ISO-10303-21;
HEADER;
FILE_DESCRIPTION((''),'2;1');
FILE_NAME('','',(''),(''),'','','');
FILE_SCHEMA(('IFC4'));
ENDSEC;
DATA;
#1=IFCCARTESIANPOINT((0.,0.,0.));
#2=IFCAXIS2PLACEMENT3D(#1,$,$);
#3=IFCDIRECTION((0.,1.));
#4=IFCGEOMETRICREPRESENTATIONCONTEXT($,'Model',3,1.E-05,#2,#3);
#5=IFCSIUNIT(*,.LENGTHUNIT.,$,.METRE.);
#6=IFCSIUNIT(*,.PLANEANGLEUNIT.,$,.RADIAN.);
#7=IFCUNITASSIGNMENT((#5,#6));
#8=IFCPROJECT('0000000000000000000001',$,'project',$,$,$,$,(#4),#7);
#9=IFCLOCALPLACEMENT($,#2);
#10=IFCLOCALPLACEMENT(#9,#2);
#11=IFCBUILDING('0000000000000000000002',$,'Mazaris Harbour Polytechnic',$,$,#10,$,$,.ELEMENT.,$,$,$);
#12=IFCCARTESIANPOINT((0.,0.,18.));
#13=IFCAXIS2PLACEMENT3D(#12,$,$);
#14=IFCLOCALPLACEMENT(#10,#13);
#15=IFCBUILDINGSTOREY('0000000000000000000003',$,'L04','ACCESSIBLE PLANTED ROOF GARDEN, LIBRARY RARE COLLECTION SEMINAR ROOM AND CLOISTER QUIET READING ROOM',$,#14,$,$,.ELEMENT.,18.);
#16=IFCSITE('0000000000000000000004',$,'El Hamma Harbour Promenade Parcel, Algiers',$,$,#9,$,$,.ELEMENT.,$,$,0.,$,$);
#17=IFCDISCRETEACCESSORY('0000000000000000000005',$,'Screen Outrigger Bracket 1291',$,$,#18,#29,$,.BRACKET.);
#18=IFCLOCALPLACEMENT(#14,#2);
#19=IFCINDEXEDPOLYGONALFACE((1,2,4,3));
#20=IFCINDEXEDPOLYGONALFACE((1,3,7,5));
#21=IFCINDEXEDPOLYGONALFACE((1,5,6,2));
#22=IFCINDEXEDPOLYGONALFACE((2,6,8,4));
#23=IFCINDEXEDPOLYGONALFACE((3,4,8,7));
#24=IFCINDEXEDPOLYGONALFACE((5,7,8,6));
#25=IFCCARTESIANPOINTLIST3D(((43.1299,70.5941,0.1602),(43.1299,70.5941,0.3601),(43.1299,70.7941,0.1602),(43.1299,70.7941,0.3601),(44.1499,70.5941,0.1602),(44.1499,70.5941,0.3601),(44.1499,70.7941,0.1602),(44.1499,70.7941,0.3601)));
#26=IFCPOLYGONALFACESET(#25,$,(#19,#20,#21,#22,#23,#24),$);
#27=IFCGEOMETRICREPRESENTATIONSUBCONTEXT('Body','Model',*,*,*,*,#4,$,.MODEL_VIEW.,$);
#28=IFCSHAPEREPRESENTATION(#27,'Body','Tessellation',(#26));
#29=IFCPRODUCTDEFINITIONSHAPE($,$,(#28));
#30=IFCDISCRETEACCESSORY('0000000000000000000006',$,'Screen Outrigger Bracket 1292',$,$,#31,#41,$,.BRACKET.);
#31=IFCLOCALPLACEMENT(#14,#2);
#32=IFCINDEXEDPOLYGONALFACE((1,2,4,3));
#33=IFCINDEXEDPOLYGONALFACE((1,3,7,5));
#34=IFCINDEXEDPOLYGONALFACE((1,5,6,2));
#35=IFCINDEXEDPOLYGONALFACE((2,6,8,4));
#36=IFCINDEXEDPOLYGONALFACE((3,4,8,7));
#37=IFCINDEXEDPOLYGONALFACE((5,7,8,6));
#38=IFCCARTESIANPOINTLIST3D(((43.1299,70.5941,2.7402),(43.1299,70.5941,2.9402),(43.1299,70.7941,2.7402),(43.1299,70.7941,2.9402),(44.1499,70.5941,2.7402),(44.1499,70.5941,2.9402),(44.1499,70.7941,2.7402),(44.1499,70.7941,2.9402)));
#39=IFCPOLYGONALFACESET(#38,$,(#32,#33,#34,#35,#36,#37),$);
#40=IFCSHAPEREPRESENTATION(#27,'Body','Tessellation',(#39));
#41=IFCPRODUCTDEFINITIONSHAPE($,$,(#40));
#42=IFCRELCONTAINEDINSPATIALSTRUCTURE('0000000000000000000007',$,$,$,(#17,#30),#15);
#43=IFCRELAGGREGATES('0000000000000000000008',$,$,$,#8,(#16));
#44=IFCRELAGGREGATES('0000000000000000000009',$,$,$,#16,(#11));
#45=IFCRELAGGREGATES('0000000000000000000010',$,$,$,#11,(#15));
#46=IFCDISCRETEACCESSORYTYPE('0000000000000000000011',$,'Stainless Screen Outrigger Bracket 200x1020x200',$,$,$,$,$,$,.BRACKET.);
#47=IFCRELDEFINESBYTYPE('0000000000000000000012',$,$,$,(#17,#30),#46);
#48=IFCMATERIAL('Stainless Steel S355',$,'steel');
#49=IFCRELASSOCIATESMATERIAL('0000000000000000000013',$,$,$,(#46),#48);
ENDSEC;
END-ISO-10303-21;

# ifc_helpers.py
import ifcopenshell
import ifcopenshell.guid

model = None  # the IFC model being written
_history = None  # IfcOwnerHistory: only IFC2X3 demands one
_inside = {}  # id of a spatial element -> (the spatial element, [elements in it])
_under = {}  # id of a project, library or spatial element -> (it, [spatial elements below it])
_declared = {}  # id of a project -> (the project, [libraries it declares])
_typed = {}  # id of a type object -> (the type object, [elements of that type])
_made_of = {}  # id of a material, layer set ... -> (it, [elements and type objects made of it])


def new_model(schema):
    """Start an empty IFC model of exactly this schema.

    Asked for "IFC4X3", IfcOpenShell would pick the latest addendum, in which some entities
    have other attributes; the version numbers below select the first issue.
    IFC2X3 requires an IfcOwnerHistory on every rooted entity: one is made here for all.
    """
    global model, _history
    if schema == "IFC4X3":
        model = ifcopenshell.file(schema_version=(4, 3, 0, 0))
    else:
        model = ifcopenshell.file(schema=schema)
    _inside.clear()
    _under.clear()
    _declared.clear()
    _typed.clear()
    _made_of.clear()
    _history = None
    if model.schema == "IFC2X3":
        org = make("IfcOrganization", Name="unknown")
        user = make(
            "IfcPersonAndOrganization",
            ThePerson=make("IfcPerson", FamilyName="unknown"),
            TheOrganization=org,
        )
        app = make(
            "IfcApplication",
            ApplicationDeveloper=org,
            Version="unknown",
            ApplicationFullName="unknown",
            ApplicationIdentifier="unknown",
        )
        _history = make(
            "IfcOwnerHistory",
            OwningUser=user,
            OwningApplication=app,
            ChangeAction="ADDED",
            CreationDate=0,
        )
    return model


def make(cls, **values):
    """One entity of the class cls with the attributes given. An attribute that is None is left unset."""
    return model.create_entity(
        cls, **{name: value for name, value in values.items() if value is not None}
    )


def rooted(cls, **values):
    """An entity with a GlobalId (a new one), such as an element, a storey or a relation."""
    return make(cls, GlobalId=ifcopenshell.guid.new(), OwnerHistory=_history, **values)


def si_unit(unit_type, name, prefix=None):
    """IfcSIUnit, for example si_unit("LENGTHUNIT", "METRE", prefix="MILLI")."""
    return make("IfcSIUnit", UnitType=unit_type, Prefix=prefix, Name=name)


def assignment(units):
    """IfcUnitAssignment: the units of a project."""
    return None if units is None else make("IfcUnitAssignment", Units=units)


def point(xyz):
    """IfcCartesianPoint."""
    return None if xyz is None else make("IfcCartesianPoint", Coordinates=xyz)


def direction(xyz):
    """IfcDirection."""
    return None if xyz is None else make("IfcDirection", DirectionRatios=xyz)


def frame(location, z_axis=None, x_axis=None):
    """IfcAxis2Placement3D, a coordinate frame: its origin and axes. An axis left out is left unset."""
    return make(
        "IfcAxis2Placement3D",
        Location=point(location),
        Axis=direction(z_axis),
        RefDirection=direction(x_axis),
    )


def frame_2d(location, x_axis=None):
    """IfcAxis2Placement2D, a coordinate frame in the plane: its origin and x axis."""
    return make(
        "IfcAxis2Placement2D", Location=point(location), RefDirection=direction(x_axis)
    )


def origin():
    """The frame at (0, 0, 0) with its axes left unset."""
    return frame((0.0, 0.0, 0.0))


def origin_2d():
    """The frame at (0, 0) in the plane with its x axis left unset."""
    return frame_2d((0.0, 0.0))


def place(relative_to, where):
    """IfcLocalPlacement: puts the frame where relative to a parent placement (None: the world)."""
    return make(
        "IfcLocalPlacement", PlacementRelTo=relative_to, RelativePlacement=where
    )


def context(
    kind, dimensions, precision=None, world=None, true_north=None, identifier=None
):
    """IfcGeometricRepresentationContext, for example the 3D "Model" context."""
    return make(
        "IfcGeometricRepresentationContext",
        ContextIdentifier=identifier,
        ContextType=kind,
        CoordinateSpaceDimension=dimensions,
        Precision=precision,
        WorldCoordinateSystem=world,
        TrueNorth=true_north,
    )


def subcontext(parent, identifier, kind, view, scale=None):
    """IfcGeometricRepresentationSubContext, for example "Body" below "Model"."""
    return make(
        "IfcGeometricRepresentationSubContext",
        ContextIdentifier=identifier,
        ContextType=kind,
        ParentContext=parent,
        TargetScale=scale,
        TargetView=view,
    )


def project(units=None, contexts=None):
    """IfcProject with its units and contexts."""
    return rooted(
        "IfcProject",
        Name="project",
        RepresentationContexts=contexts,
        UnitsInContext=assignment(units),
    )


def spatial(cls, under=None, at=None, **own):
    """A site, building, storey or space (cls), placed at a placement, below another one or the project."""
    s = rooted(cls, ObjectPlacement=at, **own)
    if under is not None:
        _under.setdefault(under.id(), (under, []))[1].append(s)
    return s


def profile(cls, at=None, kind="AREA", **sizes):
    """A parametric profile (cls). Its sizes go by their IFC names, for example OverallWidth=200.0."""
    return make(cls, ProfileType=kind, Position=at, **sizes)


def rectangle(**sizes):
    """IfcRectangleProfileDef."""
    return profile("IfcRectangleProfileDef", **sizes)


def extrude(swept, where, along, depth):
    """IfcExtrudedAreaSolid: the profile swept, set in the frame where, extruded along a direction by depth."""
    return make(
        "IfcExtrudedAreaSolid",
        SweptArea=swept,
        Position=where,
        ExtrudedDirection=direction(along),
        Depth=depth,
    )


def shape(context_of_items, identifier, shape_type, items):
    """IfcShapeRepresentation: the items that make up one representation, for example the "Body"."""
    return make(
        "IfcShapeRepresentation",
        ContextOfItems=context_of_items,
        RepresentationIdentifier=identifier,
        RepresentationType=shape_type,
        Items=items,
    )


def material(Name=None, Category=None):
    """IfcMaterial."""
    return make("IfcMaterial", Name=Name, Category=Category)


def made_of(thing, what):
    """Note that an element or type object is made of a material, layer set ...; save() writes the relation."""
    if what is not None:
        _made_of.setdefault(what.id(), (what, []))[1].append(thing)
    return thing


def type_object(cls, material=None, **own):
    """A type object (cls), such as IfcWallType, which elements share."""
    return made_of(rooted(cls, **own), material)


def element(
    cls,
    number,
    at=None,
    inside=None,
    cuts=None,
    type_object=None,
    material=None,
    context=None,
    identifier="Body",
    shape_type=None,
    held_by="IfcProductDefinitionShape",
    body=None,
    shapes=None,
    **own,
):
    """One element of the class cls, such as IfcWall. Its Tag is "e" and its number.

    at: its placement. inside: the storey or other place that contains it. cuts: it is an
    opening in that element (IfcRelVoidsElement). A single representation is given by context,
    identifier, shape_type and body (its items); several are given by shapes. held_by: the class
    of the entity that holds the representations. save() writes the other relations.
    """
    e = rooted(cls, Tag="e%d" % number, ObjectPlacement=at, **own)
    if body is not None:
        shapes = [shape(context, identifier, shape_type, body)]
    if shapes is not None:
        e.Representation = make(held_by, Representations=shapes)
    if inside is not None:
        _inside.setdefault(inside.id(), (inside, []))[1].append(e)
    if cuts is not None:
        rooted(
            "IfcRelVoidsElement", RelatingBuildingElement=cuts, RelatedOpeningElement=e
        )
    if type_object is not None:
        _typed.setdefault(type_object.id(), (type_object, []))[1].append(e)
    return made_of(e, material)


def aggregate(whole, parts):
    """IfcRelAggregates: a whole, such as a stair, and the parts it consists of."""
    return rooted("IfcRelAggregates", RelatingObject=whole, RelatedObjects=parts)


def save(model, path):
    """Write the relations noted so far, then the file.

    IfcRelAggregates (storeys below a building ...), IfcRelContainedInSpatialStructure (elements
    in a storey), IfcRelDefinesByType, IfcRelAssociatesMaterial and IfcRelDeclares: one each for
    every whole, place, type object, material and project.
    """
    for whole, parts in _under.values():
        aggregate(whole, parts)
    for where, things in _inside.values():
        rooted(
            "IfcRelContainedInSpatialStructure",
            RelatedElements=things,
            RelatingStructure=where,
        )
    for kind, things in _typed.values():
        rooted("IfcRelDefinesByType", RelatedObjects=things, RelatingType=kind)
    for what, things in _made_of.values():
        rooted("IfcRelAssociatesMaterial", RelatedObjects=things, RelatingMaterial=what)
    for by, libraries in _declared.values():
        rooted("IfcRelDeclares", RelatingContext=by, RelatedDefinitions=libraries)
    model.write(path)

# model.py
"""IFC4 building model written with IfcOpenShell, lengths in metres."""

from ifc_helpers import new_model, si_unit, direction, frame, origin, origin_2d, place, context, subcontext, project, spatial, rectangle, extrude, material, type_object, element, save


model = new_model("IFC4")

# Units and contexts
model_context = context("Model", 3, precision=1e-05, world=origin(), true_north=direction((0.0, 1.0)))
body_context = subcontext(model_context, "Body", "Model", "MODEL_VIEW")
ifc_project = project(units=[si_unit("LENGTHUNIT", "METRE"), si_unit("PLANEANGLEUNIT", "RADIAN")], contexts=[model_context])

# Site, building, storey
site_placement = place(None, origin())
site = spatial("IfcSite", under=ifc_project, at=site_placement, Name="El Hamma Harbour Promenade Parcel, Algiers", CompositionType="ELEMENT", RefElevation=0.0)
building_placement = place(site_placement, origin())
building = spatial("IfcBuilding", under=site, at=building_placement, Name="Mazaris Harbour Polytechnic", CompositionType="ELEMENT")
storey_placement = place(building_placement, frame((0.0, 0.0, 18.0)))
storey = spatial("IfcBuildingStorey", under=building, at=storey_placement, Name="L04", Description="ACCESSIBLE PLANTED ROOF GARDEN, LIBRARY RARE COLLECTION SEMINAR ROOM AND CLOISTER QUIET READING ROOM", CompositionType="ELEMENT", Elevation=18.0)

# Discrete accessories
ifc_material_1 = material(Name="Stainless Steel S355", Category="steel")
discrete_accessory_type = type_object("IfcDiscreteAccessoryType", Name="Stainless Screen Outrigger Bracket 200x1020x200", PredefinedType="BRACKET", material=ifc_material_1)
for number, where, z_axis, x_axis, name in (
    (1, (43.6399, 70.6941, 0.1602), (0.0, 0.0, 1.0), (0.0, -1.0, 0.0), "Screen Outrigger Bracket 1291"),
    (2, (43.6399, 70.6941, 2.7402), (0.0, 0.0, 1.0), (0.0, -1.0, 0.0), "Screen Outrigger Bracket 1292"),
):
    element("IfcDiscreteAccessory", number, at=place(storey_placement, frame(where, z_axis=z_axis, x_axis=x_axis)), inside=storey, type_object=discrete_accessory_type, Name=name, PredefinedType="BRACKET", context=body_context, shape_type="SweptSolid", body=[
        extrude(rectangle(XDim=0.2, YDim=1.02, at=origin_2d()), origin(), (0.0, 0.0, 1.0), 0.2),
    ])

save(model, "model.ifc")
